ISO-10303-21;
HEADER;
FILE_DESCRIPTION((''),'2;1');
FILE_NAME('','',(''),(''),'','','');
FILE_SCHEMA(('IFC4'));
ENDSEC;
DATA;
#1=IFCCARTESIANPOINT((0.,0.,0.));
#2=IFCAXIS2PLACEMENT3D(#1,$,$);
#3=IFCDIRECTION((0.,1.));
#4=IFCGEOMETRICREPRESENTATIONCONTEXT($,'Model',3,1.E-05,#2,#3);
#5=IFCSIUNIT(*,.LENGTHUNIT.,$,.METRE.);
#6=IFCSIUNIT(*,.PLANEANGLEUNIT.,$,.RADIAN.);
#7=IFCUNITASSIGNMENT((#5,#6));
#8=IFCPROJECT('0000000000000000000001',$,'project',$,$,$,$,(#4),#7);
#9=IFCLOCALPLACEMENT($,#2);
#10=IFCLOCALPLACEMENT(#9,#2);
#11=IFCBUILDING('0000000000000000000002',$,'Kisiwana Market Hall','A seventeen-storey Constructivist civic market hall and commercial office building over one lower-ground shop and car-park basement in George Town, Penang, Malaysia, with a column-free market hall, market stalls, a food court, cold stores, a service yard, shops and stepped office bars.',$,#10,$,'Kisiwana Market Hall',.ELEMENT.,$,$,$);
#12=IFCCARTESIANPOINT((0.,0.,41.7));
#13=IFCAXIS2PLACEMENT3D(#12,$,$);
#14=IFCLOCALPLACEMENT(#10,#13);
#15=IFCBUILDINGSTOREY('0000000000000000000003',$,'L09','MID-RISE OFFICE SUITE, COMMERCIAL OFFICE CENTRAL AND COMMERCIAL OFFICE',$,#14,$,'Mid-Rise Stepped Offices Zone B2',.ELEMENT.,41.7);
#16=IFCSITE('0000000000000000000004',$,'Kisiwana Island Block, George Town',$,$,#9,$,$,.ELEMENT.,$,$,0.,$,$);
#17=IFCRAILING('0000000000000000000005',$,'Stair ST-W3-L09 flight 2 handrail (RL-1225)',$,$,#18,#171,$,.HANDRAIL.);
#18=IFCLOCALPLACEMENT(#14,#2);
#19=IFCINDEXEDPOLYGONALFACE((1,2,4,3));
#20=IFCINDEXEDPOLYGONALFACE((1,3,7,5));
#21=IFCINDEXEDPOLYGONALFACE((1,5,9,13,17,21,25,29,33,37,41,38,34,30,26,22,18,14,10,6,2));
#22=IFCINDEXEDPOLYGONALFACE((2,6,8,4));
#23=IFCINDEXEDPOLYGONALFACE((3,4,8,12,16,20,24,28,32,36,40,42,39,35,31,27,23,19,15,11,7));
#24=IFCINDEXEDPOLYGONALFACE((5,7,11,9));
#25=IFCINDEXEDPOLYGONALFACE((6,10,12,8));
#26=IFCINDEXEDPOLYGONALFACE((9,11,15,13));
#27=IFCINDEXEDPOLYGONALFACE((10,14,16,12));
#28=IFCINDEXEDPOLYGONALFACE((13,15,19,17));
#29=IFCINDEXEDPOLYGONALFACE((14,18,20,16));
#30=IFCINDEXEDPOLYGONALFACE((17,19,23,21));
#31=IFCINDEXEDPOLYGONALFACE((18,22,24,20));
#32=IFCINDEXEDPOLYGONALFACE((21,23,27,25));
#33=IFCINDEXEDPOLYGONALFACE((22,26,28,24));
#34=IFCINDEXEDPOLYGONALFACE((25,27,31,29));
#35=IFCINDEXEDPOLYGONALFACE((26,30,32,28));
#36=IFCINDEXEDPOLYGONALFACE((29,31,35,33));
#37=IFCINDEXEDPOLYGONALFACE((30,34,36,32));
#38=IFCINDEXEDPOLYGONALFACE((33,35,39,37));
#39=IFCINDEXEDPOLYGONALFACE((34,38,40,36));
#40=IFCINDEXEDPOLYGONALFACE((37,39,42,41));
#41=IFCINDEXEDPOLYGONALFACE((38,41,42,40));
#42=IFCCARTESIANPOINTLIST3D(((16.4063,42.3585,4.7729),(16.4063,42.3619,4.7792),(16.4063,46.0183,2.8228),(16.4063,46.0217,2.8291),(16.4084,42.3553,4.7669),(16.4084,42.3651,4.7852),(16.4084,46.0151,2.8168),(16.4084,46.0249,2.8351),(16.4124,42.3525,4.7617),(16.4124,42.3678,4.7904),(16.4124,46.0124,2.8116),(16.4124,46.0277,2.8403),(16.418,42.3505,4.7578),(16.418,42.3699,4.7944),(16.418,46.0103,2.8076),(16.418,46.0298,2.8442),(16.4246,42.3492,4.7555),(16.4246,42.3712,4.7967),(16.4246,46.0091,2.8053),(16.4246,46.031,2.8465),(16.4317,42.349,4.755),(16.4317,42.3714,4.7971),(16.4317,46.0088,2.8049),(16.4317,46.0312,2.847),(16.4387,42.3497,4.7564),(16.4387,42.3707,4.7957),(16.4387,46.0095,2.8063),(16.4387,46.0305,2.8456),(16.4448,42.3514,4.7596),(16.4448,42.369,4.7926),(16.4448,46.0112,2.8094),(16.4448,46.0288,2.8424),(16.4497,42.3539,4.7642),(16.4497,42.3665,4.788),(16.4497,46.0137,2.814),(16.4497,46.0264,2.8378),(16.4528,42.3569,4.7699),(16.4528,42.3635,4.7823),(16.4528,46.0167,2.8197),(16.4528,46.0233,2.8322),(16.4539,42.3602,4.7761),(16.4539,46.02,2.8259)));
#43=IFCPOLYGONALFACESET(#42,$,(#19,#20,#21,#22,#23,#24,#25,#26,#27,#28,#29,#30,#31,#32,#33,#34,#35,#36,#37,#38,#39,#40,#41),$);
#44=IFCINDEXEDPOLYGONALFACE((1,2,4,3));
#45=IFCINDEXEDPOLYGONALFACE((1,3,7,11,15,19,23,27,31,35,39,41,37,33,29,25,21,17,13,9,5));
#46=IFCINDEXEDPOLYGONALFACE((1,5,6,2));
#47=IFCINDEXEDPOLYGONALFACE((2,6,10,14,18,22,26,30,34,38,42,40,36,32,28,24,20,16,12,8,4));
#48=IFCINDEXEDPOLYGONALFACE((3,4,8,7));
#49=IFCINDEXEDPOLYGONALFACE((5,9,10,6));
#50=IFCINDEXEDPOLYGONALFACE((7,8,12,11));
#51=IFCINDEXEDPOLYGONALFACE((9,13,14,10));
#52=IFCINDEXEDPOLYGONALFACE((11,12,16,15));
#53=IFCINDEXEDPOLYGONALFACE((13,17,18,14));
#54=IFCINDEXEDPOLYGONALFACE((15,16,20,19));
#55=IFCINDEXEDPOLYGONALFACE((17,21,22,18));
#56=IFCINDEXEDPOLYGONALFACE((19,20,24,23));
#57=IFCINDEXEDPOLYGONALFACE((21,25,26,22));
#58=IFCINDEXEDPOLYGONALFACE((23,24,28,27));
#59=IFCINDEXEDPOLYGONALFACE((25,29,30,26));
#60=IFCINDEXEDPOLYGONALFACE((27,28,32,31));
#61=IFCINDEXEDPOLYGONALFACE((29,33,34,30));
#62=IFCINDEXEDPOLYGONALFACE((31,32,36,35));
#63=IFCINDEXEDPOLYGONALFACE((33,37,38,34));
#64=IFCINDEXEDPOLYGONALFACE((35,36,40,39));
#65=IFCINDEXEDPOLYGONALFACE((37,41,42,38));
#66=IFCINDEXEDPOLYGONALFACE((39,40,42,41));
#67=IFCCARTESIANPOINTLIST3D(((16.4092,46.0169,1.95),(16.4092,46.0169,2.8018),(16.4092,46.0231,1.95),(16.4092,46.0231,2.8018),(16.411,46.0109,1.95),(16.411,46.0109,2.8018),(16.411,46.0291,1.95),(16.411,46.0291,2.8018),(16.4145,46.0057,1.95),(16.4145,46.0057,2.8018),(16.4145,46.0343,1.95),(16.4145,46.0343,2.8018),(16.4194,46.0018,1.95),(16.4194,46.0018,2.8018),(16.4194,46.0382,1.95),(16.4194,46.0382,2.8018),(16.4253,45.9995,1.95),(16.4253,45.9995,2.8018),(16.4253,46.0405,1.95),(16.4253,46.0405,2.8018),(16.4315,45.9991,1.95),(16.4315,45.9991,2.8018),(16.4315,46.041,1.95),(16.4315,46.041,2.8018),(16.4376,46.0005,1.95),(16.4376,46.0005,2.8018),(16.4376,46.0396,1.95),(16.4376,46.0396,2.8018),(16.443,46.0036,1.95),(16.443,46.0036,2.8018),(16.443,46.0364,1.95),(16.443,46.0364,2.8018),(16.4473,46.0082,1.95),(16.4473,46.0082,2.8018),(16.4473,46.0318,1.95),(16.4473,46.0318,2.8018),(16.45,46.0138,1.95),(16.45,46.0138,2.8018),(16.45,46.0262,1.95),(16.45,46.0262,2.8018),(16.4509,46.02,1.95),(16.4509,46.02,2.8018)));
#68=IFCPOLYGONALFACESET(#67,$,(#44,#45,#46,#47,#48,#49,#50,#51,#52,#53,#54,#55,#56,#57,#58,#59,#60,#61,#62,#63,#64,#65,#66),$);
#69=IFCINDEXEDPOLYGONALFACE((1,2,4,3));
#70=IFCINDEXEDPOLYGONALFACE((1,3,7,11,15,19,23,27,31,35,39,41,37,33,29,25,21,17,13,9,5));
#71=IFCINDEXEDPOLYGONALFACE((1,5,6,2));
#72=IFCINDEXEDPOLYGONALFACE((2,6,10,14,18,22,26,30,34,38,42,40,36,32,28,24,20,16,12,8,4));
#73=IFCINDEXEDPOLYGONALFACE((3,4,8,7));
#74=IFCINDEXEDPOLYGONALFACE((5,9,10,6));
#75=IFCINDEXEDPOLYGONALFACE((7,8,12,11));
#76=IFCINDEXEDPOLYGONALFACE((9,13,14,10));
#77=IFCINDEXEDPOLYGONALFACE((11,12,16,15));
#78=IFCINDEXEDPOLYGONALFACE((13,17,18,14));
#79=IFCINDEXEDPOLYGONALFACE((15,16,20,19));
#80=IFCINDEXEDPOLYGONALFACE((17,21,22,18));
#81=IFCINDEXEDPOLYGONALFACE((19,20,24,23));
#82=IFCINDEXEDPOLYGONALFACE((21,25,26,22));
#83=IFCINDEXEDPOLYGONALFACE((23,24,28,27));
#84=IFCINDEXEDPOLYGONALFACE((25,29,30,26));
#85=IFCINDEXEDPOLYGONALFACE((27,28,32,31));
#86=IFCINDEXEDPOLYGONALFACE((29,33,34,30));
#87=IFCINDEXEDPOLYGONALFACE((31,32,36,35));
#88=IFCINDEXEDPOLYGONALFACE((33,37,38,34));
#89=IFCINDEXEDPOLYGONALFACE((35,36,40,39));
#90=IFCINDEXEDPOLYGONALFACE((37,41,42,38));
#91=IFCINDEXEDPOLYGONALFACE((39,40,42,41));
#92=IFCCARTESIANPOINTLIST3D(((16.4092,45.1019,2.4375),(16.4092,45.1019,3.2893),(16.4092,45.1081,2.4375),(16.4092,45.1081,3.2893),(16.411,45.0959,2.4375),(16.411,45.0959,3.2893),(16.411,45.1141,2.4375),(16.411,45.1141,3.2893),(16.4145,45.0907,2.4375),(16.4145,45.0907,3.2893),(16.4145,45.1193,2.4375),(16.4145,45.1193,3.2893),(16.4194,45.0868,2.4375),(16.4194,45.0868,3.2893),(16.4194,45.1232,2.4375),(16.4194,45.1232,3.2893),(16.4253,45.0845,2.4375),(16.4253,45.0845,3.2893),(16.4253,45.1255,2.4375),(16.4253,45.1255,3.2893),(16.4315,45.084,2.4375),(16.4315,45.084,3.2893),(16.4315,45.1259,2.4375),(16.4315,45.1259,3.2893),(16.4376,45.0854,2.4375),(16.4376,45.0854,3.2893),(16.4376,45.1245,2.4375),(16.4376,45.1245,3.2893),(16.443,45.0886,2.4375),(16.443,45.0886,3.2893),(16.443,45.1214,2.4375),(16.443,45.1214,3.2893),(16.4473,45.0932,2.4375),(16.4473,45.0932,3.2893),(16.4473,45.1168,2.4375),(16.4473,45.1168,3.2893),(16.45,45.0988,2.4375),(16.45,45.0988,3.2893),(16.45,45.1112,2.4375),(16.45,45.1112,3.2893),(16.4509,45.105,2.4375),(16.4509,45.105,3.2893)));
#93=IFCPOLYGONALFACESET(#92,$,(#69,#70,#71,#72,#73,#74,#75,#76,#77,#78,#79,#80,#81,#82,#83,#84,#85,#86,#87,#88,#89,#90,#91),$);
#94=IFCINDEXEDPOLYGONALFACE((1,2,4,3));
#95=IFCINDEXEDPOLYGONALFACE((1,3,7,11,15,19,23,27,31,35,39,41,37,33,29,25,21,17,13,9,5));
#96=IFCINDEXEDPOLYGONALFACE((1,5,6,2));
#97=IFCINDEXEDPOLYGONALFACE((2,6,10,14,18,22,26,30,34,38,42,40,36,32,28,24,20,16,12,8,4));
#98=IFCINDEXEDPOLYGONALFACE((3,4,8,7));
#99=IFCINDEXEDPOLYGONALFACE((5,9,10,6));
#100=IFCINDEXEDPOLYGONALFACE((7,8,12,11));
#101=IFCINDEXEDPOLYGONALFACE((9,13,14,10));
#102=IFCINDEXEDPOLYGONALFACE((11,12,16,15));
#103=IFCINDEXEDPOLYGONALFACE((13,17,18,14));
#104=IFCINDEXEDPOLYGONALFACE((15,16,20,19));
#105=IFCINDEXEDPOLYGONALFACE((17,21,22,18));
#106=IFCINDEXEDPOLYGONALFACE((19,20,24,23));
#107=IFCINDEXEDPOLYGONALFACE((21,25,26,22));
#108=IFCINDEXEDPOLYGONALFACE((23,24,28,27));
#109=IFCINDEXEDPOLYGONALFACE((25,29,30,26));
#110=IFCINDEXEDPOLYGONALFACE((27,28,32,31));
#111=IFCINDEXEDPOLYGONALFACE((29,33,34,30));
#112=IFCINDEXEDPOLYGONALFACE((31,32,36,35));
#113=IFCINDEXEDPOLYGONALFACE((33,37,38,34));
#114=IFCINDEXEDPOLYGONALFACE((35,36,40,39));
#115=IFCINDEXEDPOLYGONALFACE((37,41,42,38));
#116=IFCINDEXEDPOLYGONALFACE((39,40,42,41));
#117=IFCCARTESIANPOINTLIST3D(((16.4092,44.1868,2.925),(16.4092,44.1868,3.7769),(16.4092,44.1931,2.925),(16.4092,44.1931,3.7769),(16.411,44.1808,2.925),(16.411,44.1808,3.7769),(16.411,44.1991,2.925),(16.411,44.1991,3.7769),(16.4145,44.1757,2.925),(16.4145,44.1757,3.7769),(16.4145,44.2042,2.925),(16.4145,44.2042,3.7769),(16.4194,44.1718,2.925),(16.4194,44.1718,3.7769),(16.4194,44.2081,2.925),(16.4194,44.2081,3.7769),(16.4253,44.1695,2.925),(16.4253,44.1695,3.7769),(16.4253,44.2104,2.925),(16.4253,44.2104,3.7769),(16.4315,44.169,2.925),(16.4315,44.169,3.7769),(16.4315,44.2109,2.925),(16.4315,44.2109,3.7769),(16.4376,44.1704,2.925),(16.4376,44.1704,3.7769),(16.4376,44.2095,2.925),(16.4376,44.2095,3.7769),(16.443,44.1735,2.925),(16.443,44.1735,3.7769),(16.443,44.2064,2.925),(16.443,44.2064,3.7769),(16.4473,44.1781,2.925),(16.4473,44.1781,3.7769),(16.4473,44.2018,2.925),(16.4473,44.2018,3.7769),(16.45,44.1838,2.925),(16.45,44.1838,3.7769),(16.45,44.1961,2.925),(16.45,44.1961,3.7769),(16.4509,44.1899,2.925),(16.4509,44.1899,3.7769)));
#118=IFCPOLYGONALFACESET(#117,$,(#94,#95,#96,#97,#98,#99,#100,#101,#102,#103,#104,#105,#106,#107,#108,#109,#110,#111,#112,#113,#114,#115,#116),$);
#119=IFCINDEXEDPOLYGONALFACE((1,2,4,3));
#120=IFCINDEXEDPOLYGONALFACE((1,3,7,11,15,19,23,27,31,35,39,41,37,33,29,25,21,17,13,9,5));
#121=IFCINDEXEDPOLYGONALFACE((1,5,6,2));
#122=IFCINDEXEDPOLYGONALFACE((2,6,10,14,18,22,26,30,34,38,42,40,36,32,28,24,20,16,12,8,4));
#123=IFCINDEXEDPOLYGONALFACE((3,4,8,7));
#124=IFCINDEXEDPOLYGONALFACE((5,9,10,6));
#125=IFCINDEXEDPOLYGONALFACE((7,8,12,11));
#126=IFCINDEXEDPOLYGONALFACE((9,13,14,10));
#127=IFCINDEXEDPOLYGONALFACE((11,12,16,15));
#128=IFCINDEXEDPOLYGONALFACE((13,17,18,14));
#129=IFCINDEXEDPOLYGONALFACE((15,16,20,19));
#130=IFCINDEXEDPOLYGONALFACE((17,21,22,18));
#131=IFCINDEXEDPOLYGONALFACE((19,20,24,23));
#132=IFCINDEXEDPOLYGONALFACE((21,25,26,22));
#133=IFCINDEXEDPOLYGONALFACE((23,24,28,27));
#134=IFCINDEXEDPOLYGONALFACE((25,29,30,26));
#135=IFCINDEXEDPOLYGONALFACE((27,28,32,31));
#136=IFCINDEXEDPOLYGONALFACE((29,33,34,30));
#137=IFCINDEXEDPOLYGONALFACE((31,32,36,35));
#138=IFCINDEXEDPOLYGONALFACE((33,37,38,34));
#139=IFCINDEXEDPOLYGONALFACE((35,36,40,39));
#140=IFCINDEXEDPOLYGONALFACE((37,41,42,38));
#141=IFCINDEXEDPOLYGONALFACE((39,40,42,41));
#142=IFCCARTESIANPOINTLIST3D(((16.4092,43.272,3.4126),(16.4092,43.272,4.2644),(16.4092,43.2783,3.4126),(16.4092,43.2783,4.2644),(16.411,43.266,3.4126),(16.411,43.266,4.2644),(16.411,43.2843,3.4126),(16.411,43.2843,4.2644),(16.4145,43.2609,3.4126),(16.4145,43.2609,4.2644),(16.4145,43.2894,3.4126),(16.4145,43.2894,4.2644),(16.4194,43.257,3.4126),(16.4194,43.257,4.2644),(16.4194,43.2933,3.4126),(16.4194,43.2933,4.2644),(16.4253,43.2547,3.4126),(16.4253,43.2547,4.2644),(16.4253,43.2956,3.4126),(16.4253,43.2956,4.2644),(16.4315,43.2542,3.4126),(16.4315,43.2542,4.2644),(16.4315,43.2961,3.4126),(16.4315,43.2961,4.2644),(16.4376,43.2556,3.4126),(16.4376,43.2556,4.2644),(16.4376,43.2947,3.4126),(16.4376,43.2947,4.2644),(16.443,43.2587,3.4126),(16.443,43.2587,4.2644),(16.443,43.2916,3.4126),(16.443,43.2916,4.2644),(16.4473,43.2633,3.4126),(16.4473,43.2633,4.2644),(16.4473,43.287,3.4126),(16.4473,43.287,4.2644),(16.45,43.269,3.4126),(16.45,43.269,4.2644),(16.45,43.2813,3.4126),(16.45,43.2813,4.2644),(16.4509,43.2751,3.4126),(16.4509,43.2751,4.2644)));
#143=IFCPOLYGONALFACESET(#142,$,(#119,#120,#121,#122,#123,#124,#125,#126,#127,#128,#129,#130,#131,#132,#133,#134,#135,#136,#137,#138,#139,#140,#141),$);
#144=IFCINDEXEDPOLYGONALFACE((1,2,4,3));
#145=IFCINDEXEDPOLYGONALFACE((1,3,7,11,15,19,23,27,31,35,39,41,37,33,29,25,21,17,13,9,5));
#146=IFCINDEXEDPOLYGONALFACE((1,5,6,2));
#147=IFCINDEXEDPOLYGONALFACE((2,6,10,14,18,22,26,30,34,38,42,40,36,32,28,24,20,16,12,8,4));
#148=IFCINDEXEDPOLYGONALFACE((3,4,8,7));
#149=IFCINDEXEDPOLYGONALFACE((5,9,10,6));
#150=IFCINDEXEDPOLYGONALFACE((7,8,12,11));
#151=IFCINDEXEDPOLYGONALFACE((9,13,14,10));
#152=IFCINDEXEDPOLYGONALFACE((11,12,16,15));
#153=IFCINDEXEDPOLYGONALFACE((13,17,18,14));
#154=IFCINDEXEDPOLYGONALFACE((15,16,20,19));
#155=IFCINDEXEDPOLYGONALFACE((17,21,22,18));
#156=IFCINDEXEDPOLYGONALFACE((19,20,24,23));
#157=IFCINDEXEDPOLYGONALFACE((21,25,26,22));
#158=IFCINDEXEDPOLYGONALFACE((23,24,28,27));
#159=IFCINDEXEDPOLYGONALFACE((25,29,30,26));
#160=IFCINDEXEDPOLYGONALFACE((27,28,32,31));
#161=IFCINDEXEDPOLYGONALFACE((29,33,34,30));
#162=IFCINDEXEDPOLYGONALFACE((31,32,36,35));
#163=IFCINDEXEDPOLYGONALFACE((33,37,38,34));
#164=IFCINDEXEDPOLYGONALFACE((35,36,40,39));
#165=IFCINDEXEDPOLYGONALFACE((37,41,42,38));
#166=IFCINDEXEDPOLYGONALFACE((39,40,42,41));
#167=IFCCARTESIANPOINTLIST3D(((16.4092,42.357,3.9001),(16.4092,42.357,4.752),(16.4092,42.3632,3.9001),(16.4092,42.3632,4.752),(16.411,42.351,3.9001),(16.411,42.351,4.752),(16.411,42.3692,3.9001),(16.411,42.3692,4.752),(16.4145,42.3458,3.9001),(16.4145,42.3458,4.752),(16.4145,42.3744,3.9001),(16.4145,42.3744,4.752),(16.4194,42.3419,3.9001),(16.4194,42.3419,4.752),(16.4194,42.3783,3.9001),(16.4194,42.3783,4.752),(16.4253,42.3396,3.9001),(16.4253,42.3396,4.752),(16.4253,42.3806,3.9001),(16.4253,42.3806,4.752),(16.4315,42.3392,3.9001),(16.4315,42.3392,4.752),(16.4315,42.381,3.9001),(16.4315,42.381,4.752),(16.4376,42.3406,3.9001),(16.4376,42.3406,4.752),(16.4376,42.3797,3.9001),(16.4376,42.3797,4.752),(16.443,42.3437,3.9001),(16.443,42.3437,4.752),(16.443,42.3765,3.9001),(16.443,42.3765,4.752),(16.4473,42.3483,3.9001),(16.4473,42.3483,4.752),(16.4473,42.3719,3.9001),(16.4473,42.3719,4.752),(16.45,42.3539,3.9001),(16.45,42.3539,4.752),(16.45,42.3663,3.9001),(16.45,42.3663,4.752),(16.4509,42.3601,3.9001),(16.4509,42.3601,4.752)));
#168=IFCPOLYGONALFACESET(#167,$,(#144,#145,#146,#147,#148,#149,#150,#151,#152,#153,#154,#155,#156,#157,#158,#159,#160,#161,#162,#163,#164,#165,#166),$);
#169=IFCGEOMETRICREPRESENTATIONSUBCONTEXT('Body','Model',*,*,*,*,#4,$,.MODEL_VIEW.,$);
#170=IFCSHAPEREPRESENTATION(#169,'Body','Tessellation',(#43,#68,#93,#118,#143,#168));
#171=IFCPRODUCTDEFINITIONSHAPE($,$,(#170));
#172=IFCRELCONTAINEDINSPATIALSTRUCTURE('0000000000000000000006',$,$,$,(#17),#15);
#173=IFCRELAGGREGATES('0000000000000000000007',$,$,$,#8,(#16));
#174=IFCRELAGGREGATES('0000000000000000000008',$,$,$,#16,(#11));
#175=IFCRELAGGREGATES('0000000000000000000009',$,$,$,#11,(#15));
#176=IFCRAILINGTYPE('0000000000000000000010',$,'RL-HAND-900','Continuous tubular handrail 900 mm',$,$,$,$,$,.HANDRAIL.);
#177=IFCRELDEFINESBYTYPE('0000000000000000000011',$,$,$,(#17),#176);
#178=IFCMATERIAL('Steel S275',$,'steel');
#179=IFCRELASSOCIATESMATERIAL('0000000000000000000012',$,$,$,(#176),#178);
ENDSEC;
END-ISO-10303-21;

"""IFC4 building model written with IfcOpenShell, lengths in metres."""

from ifc_helpers import new_model, si_unit, direction, frame, origin, origin_2d, place, context, subcontext, project, spatial, circle, extrude, material, type_object, element, save


model = new_model("IFC4")

# Units and contexts
model_context = context("Model", 3, precision=1e-05, world=origin(), true_north=direction((0.0, 1.0)))
body_context = subcontext(model_context, "Body", "Model", "MODEL_VIEW")
ifc_project = project(units=[si_unit("LENGTHUNIT", "METRE"), si_unit("PLANEANGLEUNIT", "RADIAN")], contexts=[model_context])

# Site, building, storey
site_placement = place(None, origin())
site = spatial("IfcSite", under=ifc_project, at=site_placement, Name="Kisiwana Island Block, George Town", CompositionType="ELEMENT", RefElevation=0.0)
building_placement = place(site_placement, origin())
building = spatial("IfcBuilding", under=site, at=building_placement, Name="Kisiwana Market Hall", Description="A seventeen-storey Constructivist civic market hall and commercial office building over one lower-ground shop and car-park basement in George Town, Penang, Malaysia, with a column-free market hall, market stalls, a food court, cold stores, a service yard, shops and stepped office bars.", LongName="Kisiwana Market Hall", CompositionType="ELEMENT")
storey_placement = place(building_placement, frame((0.0, 0.0, 41.7)))
storey = spatial("IfcBuildingStorey", under=building, at=storey_placement, Name="L09", Description="MID-RISE OFFICE SUITE, COMMERCIAL OFFICE CENTRAL AND COMMERCIAL OFFICE", LongName="Mid-Rise Stepped Offices Zone B2", CompositionType="ELEMENT", Elevation=41.7)

# Railing
ifc_material_1 = material(Name="Steel S275", Category="steel")
railing_type_1 = type_object("IfcRailingType", Name="RL-HAND-900", Description="Continuous tubular handrail 900 mm", PredefinedType="HANDRAIL", material=ifc_material_1)
for number, where, name in (
    (1, (16.4299, 46.02, 1.95), "Stair ST-W3-L09 flight 2 handrail (RL-1225)"),
):
    element("IfcRailing", number, at=place(storey_placement, frame(where)), inside=storey, type_object=railing_type_1, Name=name, PredefinedType="HANDRAIL", context=body_context, shape_type="SweptSolid", body=[
        extrude(circle(Radius=0.0239, at=origin_2d()), frame((0.0, 0.0, 0.876), z_axis=(0.0, -0.882529, 0.470258), x_axis=(1.0, 0.0, 0.0)), (0.0, 0.0, 1.0), 4.147),
        extrude(circle(Radius=0.021, at=origin_2d()), origin(), (0.0, 0.0, 1.0), 0.8518),
        extrude(circle(Radius=0.021, at=origin_2d()), frame((0.0, -0.915, 0.4875)), (0.0, 0.0, 1.0), 0.8518),
        extrude(circle(Radius=0.021, at=origin_2d()), frame((0.0, -1.8301, 0.9751)), (0.0, 0.0, 1.0), 0.8518),
        extrude(circle(Radius=0.021, at=origin_2d()), frame((0.0, -2.7449, 1.4626)), (0.0, 0.0, 1.0), 0.8518),
        extrude(circle(Radius=0.021, at=origin_2d()), frame((0.0, -3.6599, 1.9502)), (0.0, 0.0, 1.0), 0.8518),
    ])

save(model, "model.ifc")
